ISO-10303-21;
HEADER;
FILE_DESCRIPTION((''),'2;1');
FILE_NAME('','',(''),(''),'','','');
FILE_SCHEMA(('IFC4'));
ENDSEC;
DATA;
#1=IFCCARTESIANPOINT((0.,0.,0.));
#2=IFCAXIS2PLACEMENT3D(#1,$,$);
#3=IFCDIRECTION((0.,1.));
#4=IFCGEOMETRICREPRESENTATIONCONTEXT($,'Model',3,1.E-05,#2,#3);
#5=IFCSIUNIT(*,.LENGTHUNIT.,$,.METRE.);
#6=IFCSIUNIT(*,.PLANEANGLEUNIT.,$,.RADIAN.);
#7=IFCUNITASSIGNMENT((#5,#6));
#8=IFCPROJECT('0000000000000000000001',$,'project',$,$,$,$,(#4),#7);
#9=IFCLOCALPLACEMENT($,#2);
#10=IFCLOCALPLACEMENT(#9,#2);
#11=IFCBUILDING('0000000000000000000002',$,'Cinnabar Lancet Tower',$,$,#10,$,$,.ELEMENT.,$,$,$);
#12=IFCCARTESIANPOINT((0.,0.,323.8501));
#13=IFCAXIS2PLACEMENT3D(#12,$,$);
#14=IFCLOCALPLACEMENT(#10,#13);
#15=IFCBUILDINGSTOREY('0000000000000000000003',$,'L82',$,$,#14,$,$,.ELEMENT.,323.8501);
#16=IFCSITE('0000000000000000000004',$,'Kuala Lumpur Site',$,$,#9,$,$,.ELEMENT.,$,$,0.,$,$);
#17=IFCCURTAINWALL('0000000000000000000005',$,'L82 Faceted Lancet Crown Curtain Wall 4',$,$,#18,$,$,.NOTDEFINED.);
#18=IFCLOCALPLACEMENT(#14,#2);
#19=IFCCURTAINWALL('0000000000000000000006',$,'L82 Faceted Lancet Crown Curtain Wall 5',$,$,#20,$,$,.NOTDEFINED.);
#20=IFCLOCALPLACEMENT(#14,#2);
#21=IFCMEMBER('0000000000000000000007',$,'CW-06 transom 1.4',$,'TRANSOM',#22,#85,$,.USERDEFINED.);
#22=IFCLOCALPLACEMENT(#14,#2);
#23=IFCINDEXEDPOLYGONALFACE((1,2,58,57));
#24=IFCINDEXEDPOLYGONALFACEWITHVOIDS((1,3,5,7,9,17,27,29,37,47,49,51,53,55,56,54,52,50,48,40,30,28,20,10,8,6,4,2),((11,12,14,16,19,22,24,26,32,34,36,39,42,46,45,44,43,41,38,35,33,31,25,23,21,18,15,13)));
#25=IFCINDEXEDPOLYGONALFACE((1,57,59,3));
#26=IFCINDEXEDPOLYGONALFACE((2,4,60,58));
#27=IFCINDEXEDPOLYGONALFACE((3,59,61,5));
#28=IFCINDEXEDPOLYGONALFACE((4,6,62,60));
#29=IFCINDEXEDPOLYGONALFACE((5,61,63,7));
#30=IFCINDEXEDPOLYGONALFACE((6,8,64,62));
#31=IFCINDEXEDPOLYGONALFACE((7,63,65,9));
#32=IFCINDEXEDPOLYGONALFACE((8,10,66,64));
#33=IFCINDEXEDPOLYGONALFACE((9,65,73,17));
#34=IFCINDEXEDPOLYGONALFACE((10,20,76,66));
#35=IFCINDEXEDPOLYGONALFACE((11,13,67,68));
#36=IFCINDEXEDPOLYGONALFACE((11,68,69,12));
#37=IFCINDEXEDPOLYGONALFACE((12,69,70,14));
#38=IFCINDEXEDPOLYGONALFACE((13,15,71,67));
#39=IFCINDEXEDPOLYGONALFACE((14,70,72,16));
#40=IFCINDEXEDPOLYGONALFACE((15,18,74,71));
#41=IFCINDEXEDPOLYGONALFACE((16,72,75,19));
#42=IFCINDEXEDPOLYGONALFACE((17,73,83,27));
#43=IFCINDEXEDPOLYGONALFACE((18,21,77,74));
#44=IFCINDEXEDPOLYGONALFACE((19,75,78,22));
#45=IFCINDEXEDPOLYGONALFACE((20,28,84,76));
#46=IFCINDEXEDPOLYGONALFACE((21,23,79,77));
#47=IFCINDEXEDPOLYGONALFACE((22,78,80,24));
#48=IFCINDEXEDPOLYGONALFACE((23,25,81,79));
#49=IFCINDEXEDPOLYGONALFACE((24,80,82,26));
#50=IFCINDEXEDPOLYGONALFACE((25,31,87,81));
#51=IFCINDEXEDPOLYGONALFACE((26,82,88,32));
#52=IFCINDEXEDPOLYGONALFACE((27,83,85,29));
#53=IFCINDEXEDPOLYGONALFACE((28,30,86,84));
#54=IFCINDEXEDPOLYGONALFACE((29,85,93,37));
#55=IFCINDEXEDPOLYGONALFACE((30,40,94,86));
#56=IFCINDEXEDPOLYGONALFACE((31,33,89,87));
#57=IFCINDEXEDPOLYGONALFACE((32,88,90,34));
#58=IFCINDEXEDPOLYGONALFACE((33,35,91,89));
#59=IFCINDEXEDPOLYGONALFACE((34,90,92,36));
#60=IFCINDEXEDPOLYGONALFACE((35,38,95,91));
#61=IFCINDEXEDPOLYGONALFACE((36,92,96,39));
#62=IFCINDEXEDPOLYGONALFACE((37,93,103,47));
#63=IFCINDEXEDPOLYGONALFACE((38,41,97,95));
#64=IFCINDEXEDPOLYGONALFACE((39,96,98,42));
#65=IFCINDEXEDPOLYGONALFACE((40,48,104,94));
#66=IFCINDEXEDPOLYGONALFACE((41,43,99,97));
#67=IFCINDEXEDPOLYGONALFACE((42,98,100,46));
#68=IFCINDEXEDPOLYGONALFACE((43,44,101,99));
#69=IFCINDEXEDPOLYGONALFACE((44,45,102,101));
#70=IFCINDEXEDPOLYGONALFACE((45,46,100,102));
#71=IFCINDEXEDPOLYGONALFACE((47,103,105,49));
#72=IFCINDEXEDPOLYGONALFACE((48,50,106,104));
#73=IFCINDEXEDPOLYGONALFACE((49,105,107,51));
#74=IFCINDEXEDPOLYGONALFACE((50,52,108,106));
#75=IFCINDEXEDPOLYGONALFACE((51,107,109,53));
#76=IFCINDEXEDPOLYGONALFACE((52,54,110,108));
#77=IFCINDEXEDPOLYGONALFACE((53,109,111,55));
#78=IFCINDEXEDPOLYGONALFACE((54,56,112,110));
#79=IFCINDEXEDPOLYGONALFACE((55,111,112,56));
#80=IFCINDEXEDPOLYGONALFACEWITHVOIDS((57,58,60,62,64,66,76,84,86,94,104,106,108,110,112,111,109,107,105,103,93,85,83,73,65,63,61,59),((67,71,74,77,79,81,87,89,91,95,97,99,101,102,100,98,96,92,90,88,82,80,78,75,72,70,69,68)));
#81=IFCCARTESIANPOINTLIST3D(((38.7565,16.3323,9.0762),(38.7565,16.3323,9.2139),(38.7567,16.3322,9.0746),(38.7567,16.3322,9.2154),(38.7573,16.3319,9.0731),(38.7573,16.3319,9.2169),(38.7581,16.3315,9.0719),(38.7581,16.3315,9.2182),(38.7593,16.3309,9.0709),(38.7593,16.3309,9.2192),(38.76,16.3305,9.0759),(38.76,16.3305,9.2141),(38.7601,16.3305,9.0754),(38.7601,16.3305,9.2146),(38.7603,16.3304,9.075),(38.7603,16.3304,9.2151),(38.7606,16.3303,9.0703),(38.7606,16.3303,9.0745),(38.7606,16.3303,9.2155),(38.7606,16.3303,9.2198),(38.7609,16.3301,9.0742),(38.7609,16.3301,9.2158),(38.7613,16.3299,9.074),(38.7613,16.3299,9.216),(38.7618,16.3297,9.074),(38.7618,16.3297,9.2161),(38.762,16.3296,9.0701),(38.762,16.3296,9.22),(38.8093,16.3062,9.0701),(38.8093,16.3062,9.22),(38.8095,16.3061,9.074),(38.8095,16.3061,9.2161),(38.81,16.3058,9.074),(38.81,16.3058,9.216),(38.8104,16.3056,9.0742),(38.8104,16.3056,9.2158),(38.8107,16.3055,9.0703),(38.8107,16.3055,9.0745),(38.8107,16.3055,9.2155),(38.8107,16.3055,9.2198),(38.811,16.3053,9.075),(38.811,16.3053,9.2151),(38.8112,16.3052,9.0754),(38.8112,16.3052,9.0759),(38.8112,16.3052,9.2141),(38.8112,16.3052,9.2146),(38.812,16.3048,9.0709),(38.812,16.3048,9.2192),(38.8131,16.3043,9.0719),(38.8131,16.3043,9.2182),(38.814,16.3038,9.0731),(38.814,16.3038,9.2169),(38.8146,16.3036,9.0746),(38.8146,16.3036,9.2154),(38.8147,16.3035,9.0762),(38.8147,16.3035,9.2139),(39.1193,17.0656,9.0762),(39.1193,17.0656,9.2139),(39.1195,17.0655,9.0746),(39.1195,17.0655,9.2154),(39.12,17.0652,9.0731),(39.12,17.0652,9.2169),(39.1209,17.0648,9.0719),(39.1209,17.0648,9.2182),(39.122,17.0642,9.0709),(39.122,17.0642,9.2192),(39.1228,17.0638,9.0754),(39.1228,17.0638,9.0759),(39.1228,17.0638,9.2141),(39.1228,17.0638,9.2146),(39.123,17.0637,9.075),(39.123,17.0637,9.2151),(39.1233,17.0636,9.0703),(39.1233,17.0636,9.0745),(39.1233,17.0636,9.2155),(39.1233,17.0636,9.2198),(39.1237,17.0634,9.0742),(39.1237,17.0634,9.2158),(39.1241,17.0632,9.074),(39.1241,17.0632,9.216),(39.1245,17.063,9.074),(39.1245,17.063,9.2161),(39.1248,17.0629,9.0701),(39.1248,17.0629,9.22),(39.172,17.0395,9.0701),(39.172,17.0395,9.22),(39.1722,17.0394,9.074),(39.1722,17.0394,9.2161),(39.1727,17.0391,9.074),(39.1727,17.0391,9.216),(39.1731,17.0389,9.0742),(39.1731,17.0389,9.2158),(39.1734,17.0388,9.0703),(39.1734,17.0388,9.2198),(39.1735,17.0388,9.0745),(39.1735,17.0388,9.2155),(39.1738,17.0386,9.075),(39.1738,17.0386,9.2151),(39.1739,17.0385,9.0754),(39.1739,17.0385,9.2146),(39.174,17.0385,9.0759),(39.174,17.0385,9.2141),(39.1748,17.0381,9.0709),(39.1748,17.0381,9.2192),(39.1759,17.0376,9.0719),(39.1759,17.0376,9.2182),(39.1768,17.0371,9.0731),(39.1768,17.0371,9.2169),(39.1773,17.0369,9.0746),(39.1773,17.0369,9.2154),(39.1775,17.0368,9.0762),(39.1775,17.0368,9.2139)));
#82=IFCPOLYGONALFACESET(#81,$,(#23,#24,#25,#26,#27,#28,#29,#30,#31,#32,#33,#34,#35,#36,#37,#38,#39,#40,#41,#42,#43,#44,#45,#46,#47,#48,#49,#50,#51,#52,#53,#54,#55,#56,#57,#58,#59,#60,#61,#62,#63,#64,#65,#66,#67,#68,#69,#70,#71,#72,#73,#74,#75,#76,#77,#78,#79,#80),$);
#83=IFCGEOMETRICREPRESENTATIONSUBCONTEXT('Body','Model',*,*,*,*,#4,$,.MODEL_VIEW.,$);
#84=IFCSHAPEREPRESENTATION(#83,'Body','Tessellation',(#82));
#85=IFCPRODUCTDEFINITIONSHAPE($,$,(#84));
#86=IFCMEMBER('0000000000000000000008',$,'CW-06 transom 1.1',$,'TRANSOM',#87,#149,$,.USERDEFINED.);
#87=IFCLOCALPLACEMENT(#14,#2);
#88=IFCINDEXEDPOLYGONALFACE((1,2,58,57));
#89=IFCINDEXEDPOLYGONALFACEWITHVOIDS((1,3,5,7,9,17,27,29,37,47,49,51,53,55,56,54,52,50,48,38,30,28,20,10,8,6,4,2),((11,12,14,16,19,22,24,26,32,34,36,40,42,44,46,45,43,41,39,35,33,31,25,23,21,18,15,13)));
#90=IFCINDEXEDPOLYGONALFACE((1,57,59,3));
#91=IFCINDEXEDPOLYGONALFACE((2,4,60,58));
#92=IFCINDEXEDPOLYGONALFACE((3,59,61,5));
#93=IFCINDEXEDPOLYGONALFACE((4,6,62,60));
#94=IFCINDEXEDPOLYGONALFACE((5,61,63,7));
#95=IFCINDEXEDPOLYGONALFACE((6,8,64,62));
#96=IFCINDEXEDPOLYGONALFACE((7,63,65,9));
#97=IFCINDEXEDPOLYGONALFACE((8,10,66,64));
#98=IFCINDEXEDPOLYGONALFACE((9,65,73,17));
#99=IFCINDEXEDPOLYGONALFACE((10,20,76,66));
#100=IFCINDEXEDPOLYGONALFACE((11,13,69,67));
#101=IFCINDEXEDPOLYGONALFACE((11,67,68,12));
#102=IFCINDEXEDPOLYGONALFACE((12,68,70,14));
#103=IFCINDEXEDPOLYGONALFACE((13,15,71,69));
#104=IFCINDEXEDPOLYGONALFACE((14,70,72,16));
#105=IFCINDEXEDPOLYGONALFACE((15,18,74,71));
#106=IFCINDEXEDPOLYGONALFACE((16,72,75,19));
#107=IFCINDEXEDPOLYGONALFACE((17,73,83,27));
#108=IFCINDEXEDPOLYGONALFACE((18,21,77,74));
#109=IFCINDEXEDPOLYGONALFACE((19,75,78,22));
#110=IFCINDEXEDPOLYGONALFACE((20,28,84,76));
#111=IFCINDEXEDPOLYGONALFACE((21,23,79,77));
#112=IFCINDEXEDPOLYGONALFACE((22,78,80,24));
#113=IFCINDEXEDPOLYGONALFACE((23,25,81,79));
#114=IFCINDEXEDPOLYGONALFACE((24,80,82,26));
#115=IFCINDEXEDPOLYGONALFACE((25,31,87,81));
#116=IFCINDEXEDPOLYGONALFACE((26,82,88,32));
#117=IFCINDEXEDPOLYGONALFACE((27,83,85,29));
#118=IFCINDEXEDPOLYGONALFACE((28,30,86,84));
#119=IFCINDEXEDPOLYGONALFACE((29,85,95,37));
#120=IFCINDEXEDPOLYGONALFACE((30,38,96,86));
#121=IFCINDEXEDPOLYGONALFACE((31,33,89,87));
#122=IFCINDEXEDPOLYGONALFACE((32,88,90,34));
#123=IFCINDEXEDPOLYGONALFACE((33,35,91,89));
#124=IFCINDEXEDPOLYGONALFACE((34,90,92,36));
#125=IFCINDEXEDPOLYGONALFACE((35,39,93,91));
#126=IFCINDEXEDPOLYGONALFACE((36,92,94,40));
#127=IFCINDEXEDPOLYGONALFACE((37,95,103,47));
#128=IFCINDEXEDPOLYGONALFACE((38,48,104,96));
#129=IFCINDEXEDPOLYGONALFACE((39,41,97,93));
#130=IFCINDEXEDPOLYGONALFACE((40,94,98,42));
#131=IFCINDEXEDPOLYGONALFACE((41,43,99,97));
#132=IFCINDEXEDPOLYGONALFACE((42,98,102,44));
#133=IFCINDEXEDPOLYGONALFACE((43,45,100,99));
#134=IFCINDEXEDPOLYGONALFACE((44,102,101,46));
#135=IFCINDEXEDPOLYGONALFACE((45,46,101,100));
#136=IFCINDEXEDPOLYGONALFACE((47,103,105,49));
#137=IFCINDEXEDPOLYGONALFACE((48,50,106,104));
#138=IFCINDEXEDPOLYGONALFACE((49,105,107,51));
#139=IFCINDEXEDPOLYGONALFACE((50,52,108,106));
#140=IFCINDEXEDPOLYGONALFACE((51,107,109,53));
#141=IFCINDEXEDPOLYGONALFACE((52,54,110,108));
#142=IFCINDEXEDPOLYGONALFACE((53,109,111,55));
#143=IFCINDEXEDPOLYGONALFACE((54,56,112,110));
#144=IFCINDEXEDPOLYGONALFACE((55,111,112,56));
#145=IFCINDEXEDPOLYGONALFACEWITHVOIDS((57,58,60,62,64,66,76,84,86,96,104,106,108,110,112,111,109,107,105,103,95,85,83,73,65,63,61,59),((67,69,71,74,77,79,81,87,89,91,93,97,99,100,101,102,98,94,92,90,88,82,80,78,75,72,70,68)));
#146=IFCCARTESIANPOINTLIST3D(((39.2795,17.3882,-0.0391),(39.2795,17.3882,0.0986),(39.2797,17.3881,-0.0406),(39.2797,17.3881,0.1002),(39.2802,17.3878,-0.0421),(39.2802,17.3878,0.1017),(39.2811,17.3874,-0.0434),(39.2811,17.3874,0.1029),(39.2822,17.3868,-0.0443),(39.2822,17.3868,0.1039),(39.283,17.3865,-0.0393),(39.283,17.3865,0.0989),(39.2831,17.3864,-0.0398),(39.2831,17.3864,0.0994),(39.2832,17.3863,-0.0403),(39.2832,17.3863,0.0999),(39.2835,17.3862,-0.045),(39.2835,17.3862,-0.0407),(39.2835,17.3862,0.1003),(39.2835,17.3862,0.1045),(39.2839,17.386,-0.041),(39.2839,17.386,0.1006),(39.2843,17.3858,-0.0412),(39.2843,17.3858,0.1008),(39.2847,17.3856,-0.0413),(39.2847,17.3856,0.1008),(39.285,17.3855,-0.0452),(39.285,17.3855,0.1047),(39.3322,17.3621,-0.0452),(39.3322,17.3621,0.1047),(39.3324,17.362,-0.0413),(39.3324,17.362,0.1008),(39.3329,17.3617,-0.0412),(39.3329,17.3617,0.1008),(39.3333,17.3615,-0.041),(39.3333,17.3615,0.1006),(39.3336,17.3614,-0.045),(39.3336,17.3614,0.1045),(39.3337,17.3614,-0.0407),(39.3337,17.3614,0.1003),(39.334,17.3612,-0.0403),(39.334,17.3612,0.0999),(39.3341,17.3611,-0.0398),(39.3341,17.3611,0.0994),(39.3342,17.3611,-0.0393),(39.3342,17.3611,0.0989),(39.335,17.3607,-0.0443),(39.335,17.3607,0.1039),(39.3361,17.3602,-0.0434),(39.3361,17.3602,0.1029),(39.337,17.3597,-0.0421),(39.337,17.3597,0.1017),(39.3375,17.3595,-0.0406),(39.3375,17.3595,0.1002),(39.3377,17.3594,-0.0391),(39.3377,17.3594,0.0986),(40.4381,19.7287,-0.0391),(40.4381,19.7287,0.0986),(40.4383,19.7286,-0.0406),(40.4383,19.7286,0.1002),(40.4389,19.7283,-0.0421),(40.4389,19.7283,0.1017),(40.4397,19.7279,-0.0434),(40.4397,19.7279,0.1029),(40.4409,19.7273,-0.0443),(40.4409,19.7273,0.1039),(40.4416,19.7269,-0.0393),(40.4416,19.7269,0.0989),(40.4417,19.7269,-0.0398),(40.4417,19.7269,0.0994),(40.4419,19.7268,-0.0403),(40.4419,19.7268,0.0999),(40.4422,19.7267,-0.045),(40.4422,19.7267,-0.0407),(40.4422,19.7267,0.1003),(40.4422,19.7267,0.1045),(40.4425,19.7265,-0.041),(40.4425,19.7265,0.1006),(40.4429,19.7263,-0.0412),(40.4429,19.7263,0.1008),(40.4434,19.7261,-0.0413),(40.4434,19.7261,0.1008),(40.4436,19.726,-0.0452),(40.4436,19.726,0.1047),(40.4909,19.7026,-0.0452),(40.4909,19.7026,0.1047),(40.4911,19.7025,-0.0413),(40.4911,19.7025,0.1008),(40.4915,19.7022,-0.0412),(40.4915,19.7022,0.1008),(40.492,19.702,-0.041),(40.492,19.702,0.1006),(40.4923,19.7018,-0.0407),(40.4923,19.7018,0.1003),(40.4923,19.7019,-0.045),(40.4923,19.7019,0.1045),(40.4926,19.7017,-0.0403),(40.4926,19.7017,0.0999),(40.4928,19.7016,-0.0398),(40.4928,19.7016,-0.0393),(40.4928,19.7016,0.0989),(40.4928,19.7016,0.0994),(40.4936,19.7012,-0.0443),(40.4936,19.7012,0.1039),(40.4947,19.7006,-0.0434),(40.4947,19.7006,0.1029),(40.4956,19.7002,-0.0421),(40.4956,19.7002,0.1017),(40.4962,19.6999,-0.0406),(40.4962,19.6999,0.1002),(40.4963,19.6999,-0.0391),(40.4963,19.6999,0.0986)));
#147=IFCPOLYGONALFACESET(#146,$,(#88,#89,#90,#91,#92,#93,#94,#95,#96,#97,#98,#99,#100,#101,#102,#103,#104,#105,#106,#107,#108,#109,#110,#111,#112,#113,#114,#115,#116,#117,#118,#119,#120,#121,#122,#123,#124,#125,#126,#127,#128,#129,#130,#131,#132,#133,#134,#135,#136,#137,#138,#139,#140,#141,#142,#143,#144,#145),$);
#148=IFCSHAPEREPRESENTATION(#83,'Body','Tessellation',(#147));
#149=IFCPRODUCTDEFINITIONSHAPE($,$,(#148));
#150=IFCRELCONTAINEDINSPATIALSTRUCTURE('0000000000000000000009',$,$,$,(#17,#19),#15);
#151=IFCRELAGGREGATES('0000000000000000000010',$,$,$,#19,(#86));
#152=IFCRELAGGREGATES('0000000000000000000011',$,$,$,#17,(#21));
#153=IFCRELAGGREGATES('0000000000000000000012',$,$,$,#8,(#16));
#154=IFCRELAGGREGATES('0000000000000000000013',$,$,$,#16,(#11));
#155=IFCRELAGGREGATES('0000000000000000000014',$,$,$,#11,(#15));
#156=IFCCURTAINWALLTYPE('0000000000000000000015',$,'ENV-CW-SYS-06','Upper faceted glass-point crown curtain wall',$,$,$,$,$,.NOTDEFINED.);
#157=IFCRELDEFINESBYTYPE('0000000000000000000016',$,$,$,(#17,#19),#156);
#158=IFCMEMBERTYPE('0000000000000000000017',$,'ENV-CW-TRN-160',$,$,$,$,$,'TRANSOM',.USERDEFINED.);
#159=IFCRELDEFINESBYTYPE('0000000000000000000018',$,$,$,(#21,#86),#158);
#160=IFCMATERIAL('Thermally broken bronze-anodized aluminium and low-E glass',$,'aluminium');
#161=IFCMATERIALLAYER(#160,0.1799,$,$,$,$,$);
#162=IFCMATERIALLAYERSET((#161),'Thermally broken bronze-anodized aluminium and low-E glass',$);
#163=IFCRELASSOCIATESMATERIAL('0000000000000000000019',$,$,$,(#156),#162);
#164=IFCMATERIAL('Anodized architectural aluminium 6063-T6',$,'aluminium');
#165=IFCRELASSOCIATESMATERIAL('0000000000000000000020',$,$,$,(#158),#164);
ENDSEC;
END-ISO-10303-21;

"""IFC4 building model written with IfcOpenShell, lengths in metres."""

from ifc_helpers import new_model, si_unit, direction, frame, origin, origin_2d, place, context, subcontext, project, spatial, hollow_rectangle, extrude, material, layer, layer_set, material_profile, profile_set, type_object, element, aggregate, save


model = new_model("IFC4")

# Units and contexts
model_context = context("Model", 3, precision=1e-05, world=origin(), true_north=direction((0.0, 1.0)))
body_context = subcontext(model_context, "Body", "Model", "MODEL_VIEW")
ifc_project = project(units=[si_unit("LENGTHUNIT", "METRE"), si_unit("PLANEANGLEUNIT", "RADIAN")], contexts=[model_context])

# Site, building, storey
site_placement = place(None, origin())
site = spatial("IfcSite", under=ifc_project, at=site_placement, Name="Kuala Lumpur Site", CompositionType="ELEMENT", RefElevation=0.0)
building_placement = place(site_placement, origin())
building = spatial("IfcBuilding", under=site, at=building_placement, Name="Cinnabar Lancet Tower", CompositionType="ELEMENT")
storey_placement = place(building_placement, frame((0.0, 0.0, 323.8501)))
storey = spatial("IfcBuildingStorey", under=building, at=storey_placement, Name="L82", CompositionType="ELEMENT", Elevation=323.8501)

# Curtain wall
ifc_material_1 = material(Name="Thermally broken bronze-anodized aluminium and low-E glass", Category="aluminium")
ifc_layer_1 = layer(ifc_material_1, 0.1799)
ifc_layer_set_1 = layer_set([ifc_layer_1], Name="Thermally broken bronze-anodized aluminium and low-E glass")
curtain_wall_type = type_object("IfcCurtainWallType", Name="ENV-CW-SYS-06", Description="Upper faceted glass-point crown curtain wall", PredefinedType="NOTDEFINED", material=ifc_layer_set_1)
curtain_wall_1_placement = place(storey_placement, origin())
curtain_wall_1 = element("IfcCurtainWall", 1, at=curtain_wall_1_placement, inside=storey, type_object=curtain_wall_type, Name="L82 Faceted Lancet Crown Curtain Wall 4", PredefinedType="NOTDEFINED")

# Curtain wall
curtain_wall_2_placement = place(storey_placement, origin())
curtain_wall_2 = element("IfcCurtainWall", 2, at=curtain_wall_2_placement, inside=storey, type_object=curtain_wall_type, Name="L82 Faceted Lancet Crown Curtain Wall 5", PredefinedType="NOTDEFINED")

# Members
ifc_material_2 = material(Name="Anodized architectural aluminium 6063-T6", Category="aluminium")
ifc_material_profile_1 = material_profile(ifc_material_2, hollow_rectangle(XDim=0.0649, YDim=0.1499, WallThickness=0.0039, InnerFilletRadius=0.002, OuterFilletRadius=0.0061, at=origin_2d()), Name="CW-TRN 150x65x4")
ifc_profile_set_1 = profile_set([ifc_material_profile_1], Name="Anodized architectural aluminium 6063-T6")
member_type_1 = type_object("IfcMemberType", Name="ENV-CW-TRN-160", ElementType="TRANSOM", PredefinedType="USERDEFINED", material=ifc_profile_set_1)
member_1_placement = place(storey_placement, frame((38.7856, 16.3179, 9.145), z_axis=(0.44339, 0.896329, 0.0), x_axis=(-0.896329, 0.44339, 0.0)))
member_1 = element("IfcMember", 3, at=member_1_placement, type_object=member_type_1, Name="CW-06 transom 1.4", ObjectType="TRANSOM", PredefinedType="USERDEFINED", context=body_context, shape_type="SweptSolid", body=[
    extrude(hollow_rectangle(XDim=0.0649, YDim=0.1499, WallThickness=0.0039, InnerFilletRadius=0.002, OuterFilletRadius=0.0061, at=origin_2d()), origin(), (0.0, 0.0, 1.0), 0.8181),
])
member_2_placement = place(storey_placement, frame((39.3086, 17.3738, 0.0298), z_axis=(0.443658, 0.896196, 0.0), x_axis=(-0.896196, 0.443658, 0.0)))
member_2 = element("IfcMember", 4, at=member_2_placement, type_object=member_type_1, Name="CW-06 transom 1.1", ObjectType="TRANSOM", PredefinedType="USERDEFINED", context=body_context, shape_type="SweptSolid", body=[
    extrude(hollow_rectangle(XDim=0.0649, YDim=0.1499, WallThickness=0.0039, InnerFilletRadius=0.002, OuterFilletRadius=0.0061, at=origin_2d()), origin(), (0.0, 0.0, 1.0), 2.6116),
])
aggregate(curtain_wall_2, [member_2])

aggregate(curtain_wall_1, [member_1])

save(model, "model.ifc")
